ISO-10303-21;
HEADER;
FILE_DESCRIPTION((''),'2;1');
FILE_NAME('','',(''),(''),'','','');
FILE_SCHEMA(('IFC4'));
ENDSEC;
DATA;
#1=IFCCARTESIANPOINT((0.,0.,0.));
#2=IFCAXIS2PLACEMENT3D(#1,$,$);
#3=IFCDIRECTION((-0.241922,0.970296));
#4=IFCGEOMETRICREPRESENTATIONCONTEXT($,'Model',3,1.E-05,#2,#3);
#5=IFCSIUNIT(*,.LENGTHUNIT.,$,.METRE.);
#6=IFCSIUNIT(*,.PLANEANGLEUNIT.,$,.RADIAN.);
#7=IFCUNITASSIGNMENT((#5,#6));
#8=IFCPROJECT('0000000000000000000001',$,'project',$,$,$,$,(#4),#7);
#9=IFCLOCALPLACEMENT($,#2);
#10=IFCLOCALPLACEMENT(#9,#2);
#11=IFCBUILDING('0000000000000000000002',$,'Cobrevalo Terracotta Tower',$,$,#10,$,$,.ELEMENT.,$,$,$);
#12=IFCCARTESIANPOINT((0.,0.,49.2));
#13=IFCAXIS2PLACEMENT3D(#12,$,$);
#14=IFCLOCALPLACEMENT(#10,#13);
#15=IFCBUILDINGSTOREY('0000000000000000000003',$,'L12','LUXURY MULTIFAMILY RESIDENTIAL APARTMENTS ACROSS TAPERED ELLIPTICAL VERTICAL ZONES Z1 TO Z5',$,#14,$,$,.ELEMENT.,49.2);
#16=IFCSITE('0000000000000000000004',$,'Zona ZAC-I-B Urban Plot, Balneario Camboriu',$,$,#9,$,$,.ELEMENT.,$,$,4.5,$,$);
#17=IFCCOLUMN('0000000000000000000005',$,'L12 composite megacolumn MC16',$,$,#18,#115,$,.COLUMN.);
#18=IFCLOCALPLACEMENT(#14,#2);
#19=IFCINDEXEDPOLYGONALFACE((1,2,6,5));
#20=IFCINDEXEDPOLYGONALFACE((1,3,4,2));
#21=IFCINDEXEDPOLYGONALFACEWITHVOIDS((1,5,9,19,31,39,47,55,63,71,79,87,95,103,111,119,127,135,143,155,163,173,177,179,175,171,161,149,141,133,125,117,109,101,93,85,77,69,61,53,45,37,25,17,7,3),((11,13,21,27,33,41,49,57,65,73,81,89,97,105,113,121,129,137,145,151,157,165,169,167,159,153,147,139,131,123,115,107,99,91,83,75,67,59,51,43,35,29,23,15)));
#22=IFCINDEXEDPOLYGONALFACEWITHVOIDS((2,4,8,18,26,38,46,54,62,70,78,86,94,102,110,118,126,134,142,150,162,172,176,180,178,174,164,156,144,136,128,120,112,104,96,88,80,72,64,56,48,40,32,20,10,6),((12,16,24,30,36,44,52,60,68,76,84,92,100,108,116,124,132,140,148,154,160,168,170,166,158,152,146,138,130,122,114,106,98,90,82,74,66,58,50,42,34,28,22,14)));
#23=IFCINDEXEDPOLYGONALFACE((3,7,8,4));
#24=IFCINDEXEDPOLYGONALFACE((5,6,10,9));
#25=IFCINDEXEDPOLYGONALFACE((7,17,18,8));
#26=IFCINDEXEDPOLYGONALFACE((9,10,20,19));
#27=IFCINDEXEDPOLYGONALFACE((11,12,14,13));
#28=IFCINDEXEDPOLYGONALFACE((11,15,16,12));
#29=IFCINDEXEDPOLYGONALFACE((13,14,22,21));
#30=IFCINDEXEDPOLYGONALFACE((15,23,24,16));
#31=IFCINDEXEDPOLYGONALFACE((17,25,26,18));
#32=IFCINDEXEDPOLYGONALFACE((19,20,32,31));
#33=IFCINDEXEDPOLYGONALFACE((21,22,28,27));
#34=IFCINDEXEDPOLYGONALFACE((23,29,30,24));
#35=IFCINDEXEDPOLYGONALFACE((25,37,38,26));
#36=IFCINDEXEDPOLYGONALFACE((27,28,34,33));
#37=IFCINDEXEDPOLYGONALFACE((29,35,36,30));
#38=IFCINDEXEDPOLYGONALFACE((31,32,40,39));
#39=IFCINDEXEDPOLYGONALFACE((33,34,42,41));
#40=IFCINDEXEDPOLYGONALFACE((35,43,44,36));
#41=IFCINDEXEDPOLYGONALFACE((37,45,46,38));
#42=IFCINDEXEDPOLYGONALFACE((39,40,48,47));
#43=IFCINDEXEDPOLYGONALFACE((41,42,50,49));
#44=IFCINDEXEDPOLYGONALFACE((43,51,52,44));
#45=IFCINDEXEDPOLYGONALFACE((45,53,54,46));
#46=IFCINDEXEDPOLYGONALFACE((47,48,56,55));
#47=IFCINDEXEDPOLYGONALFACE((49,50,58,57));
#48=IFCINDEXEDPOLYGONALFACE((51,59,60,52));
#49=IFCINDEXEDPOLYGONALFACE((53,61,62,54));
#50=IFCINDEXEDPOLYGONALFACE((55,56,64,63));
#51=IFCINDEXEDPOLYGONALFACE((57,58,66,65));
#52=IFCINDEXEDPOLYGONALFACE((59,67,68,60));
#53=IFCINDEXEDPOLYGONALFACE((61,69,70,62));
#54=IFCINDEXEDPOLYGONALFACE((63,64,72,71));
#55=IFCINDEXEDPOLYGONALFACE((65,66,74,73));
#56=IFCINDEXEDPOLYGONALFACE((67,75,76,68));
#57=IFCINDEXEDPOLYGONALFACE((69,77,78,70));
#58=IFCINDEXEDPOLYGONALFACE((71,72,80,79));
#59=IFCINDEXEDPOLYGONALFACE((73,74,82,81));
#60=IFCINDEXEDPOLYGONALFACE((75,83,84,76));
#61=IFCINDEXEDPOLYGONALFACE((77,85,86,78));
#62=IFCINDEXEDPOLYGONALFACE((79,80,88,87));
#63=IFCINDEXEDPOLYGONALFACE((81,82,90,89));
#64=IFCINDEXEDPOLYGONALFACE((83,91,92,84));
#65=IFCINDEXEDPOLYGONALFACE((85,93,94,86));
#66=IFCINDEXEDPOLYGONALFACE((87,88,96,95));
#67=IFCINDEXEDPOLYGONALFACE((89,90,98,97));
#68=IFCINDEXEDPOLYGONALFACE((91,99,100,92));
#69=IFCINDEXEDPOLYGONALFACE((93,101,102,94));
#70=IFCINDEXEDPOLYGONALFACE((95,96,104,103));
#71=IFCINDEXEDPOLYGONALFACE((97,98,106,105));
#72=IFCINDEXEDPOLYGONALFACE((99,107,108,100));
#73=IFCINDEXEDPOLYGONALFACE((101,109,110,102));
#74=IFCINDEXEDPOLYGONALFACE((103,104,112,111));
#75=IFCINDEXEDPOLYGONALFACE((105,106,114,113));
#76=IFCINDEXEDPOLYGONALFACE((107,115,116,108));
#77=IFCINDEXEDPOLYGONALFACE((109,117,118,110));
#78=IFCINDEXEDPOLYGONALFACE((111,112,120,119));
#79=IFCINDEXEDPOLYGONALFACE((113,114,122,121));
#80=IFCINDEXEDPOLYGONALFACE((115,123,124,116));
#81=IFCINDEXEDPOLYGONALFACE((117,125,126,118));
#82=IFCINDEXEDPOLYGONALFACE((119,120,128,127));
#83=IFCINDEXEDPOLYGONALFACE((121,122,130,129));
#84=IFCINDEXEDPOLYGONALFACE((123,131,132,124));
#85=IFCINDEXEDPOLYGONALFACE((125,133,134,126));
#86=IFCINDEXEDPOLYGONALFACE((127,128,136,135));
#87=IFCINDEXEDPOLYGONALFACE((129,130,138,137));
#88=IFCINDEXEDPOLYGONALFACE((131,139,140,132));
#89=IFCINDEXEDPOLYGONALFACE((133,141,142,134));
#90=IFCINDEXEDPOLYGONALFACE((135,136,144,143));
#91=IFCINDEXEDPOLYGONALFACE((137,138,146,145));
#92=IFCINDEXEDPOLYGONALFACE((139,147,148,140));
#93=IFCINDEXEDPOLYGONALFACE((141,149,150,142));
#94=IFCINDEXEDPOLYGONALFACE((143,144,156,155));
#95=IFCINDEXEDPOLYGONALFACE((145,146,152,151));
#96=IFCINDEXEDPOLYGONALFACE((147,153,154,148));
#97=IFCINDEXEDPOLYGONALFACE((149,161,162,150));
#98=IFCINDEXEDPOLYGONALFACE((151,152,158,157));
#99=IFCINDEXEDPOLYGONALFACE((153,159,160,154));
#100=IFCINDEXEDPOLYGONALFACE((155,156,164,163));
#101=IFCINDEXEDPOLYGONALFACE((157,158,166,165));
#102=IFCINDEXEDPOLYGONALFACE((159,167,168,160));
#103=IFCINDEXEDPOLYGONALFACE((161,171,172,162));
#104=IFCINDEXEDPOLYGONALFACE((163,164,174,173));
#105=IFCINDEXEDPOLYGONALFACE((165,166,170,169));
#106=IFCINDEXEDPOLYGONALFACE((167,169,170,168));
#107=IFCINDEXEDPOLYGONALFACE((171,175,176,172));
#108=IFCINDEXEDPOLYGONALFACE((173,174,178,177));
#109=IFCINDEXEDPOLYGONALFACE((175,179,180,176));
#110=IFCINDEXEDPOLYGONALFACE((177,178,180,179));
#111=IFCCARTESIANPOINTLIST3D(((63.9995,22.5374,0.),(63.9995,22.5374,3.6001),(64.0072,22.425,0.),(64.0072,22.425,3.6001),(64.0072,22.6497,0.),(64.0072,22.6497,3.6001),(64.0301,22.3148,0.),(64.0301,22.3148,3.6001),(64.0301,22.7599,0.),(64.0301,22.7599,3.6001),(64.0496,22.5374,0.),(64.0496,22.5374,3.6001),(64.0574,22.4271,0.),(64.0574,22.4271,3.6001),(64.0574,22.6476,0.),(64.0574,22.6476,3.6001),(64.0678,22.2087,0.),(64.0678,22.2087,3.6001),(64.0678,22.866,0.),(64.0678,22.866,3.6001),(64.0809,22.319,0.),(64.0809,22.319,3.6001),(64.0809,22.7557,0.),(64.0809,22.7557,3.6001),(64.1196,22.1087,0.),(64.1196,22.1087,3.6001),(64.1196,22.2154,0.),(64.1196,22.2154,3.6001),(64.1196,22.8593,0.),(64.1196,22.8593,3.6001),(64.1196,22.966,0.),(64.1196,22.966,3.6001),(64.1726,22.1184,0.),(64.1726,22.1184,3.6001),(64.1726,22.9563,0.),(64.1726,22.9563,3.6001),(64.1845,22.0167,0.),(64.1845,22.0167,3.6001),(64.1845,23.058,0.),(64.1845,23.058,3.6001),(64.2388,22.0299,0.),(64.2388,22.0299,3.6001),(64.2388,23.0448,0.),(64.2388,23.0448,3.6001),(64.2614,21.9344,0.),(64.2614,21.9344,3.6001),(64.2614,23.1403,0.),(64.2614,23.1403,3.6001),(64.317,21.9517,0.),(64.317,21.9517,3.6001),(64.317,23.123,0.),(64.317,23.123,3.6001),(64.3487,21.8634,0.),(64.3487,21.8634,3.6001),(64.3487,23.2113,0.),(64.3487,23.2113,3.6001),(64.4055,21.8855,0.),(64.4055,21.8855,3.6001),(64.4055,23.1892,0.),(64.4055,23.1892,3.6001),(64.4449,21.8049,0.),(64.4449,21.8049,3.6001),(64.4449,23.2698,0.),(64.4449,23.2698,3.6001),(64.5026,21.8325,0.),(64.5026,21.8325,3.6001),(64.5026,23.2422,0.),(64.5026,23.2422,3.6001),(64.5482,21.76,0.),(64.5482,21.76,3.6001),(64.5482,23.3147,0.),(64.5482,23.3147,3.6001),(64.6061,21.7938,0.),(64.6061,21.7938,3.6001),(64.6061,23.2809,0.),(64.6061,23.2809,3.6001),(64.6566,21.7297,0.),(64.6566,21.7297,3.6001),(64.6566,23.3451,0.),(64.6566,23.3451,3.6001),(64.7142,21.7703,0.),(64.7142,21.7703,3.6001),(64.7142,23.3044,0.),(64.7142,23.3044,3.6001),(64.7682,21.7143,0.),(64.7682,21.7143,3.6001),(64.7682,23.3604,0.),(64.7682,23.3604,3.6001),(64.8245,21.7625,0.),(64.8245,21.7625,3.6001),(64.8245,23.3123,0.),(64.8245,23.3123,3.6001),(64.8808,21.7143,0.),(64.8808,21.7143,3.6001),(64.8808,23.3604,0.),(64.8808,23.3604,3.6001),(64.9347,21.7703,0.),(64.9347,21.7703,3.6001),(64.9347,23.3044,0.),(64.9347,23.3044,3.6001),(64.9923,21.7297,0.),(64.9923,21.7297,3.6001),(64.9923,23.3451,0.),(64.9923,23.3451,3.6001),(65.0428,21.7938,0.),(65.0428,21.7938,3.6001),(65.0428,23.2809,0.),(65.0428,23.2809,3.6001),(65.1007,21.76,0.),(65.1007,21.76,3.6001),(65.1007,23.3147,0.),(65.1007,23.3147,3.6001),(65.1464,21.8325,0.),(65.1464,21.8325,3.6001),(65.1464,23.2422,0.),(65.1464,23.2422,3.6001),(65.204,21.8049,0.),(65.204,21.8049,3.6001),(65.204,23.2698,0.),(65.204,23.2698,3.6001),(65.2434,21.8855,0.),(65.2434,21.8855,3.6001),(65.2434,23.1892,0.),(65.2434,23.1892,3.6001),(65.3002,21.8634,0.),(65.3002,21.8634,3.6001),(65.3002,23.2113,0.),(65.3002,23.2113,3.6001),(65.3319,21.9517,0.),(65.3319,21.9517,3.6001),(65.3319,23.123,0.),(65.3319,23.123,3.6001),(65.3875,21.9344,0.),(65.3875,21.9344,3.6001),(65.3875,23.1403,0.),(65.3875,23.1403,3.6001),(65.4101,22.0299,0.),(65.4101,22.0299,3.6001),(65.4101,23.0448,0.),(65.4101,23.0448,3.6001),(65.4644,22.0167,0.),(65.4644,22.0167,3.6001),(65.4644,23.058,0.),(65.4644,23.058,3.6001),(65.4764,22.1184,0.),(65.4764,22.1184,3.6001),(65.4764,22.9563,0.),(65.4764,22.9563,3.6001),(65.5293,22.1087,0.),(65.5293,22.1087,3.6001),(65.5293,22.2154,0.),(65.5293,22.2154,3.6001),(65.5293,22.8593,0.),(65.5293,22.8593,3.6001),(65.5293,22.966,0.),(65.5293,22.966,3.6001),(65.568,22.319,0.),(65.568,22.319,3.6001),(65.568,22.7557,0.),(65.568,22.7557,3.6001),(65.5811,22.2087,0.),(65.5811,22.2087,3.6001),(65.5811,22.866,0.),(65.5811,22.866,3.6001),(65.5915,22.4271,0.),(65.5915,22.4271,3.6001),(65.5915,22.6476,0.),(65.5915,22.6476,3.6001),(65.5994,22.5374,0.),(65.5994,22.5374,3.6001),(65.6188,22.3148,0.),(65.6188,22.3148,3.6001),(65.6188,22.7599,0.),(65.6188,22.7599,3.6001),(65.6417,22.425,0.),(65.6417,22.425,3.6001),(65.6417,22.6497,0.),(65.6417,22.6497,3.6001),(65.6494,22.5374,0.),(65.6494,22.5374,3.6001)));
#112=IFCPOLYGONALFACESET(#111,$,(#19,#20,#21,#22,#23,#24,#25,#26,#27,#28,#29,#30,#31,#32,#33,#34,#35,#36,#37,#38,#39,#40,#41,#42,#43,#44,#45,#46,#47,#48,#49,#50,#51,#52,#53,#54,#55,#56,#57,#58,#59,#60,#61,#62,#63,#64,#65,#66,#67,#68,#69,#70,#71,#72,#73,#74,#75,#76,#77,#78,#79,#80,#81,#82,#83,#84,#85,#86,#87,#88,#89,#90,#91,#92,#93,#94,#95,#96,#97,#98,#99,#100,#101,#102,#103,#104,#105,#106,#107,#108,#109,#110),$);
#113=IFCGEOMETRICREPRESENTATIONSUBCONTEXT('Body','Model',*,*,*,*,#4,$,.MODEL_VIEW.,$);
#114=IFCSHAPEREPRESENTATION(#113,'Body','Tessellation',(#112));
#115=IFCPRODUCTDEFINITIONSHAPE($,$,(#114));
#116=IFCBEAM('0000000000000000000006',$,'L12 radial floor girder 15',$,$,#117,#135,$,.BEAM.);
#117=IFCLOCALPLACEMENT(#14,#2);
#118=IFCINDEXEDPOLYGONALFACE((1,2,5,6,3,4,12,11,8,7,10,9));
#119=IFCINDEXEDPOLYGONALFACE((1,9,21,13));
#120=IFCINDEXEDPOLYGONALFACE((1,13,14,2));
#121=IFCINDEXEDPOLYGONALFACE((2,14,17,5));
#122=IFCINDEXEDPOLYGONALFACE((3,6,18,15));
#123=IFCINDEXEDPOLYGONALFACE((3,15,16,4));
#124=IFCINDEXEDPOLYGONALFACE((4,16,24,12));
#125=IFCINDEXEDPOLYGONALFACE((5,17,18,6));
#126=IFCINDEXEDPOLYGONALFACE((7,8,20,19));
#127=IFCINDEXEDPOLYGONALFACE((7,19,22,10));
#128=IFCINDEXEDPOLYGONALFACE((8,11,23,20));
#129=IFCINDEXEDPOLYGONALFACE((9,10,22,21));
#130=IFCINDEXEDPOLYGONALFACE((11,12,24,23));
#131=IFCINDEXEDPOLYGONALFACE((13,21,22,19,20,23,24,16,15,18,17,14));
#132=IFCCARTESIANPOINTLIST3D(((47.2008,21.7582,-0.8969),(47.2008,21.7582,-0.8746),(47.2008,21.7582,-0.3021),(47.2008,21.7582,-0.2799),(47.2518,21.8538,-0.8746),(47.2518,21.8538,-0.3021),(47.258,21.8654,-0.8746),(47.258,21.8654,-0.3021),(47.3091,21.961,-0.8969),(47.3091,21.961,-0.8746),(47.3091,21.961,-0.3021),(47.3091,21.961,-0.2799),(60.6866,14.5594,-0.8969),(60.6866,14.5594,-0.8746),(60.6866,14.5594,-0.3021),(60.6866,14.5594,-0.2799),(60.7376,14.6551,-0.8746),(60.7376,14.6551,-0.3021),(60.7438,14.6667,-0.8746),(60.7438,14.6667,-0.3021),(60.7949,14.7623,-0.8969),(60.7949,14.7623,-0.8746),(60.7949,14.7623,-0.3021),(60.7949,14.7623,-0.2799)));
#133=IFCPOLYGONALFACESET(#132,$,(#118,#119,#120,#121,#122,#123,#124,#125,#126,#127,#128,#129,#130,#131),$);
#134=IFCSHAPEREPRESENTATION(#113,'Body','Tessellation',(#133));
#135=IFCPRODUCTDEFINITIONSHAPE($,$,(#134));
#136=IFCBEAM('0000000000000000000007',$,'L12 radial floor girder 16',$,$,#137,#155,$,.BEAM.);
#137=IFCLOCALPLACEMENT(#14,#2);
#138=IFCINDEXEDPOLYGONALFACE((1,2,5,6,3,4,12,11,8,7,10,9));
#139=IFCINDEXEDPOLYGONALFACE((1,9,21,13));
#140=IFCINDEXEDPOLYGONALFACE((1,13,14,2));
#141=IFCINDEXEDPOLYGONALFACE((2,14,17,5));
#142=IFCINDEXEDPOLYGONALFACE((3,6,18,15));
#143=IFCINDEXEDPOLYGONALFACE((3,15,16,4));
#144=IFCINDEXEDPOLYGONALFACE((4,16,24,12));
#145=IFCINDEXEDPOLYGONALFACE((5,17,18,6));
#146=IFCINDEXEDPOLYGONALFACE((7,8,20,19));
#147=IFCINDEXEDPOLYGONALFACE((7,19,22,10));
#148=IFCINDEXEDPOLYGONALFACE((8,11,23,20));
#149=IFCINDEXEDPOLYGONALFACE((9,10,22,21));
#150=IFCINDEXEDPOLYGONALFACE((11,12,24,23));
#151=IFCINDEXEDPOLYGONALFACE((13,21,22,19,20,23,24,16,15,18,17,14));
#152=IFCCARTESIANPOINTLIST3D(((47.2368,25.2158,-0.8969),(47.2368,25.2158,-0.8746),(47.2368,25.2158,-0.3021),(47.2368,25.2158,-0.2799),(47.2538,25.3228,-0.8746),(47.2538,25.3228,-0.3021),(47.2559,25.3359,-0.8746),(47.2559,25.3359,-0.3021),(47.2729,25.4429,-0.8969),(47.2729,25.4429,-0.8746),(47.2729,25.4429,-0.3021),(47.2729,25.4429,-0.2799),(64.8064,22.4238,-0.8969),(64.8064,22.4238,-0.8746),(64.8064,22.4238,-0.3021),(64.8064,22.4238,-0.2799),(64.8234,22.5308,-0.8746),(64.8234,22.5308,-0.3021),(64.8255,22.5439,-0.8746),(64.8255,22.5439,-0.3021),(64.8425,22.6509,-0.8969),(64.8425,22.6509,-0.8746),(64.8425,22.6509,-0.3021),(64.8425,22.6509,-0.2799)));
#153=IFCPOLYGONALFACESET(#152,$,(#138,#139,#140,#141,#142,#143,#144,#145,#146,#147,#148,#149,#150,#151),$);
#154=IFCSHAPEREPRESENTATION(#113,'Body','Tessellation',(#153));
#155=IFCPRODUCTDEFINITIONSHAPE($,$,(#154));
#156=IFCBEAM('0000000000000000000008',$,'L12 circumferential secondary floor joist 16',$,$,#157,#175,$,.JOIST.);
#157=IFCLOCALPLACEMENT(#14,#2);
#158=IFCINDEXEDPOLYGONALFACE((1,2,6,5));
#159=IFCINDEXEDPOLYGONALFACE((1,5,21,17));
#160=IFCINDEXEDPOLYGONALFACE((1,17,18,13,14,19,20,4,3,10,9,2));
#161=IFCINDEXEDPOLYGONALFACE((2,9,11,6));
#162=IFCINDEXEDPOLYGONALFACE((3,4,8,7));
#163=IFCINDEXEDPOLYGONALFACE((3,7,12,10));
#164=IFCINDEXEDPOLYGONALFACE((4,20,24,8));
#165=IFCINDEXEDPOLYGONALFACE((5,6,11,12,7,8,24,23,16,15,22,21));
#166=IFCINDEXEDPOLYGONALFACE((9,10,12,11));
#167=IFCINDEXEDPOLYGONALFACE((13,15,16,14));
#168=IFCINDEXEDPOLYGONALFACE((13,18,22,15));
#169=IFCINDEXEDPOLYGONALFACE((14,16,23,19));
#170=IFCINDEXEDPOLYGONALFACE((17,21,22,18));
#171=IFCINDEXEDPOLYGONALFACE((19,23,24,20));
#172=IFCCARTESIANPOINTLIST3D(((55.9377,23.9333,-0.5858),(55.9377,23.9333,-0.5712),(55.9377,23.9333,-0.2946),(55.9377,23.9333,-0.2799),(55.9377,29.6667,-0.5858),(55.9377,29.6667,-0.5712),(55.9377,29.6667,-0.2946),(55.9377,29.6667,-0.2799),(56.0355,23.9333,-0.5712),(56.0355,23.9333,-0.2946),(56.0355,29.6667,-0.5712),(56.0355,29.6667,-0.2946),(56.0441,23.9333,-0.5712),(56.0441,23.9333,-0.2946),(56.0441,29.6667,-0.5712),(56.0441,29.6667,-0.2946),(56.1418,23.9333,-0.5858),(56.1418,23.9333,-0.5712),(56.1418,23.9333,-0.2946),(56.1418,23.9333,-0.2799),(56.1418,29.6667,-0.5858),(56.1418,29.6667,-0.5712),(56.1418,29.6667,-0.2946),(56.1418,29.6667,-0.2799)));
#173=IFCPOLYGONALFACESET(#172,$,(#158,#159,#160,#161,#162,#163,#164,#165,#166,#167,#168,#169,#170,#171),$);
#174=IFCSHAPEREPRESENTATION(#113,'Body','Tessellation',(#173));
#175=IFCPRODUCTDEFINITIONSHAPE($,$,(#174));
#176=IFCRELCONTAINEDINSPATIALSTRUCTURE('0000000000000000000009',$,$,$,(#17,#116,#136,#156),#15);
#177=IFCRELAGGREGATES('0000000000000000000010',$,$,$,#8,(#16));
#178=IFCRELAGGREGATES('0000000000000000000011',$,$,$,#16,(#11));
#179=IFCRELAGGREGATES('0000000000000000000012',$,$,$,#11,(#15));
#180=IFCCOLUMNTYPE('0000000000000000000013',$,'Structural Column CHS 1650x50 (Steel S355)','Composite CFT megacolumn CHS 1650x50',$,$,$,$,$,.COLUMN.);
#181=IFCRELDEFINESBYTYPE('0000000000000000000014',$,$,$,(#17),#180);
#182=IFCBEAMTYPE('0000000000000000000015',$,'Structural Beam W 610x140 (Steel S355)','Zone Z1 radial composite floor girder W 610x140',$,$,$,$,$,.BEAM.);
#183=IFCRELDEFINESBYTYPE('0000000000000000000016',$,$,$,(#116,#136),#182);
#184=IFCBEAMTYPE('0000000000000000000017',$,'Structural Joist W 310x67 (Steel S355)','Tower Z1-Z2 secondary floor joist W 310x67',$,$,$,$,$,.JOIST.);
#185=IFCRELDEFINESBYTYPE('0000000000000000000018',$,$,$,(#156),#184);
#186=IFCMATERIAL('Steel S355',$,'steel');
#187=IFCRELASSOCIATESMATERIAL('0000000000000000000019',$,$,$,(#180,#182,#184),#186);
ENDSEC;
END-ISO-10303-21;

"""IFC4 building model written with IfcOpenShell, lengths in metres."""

from ifc_helpers import new_model, si_unit, direction, frame, origin, origin_2d, place, context, subcontext, project, spatial, hollow_circle, i_section, extrude, material, material_profile, profile_set, type_object, element, save


model = new_model("IFC4")

# Units and contexts
model_context = context("Model", 3, precision=1e-05, world=origin(), true_north=direction((-0.241922, 0.970296)))
body_context = subcontext(model_context, "Body", "Model", "MODEL_VIEW")
ifc_project = project(units=[si_unit("LENGTHUNIT", "METRE"), si_unit("PLANEANGLEUNIT", "RADIAN")], contexts=[model_context])

# Site, building, storey
site_placement = place(None, origin())
site = spatial("IfcSite", under=ifc_project, at=site_placement, Name="Zona ZAC-I-B Urban Plot, Balneario Camboriu", CompositionType="ELEMENT", RefElevation=4.5)
building_placement = place(site_placement, origin())
building = spatial("IfcBuilding", under=site, at=building_placement, Name="Cobrevalo Terracotta Tower", CompositionType="ELEMENT")
storey_placement = place(building_placement, frame((0.0, 0.0, 49.2)))
storey = spatial("IfcBuildingStorey", under=building, at=storey_placement, Name="L12", Description="LUXURY MULTIFAMILY RESIDENTIAL APARTMENTS ACROSS TAPERED ELLIPTICAL VERTICAL ZONES Z1 TO Z5", CompositionType="ELEMENT", Elevation=49.2)

# Column
ifc_material_1 = material(Name="Steel S355", Category="steel")
ifc_material_profile_1 = material_profile(ifc_material_1, hollow_circle(Radius=0.825, WallThickness=0.05, at=origin_2d()), Name="CHS 1650x50")
ifc_profile_set_1 = profile_set([ifc_material_profile_1], Name="Steel S355")
column_type = type_object("IfcColumnType", Name="Structural Column CHS 1650x50 (Steel S355)", Description="Composite CFT megacolumn CHS 1650x50", PredefinedType="COLUMN", material=ifc_profile_set_1)
for number, where, z_axis, x_axis, name in (
    (1, (64.8245, 22.5374, 0.0), (0.0, 0.0, 1.0), (1.0, 0.0, 0.0), "L12 composite megacolumn MC16"),
):
    element("IfcColumn", number, at=place(storey_placement, frame(where, z_axis=z_axis, x_axis=x_axis)), inside=storey, type_object=column_type, Name=name, PredefinedType="COLUMN", context=body_context, shape_type="SweptSolid", body=[
        extrude(hollow_circle(Radius=0.825, WallThickness=0.05, at=origin_2d()), origin(), (0.0, 0.0, 1.0), 3.6001),
    ])

# Beams
ifc_material_profile_2 = material_profile(ifc_material_1, i_section(OverallWidth=0.23, OverallDepth=0.6169, WebThickness=0.0132, FlangeThickness=0.0222, at=origin_2d()), Name="W 610x140")
ifc_profile_set_2 = profile_set([ifc_material_profile_2], Name="Steel S355")
beam_type_1 = type_object("IfcBeamType", Name="Structural Beam W 610x140 (Steel S355)", Description="Zone Z1 radial composite floor girder W 610x140", PredefinedType="BEAM", material=ifc_profile_set_2)
beam_1_placement = place(storey_placement, frame((60.7407, 14.6609, -0.5884), z_axis=(-0.882182, 0.470908, 0.0), x_axis=(-0.470908, -0.882182, 0.0)))
element("IfcBeam", 2, at=beam_1_placement, inside=storey, type_object=beam_type_1, Name="L12 radial floor girder 15", PredefinedType="BEAM", context=body_context, shape_type="SweptSolid", body=[
    extrude(i_section(OverallWidth=0.23, OverallDepth=0.6169, WebThickness=0.0132, FlangeThickness=0.0222, at=origin_2d()), origin(), (0.0, 0.0, 1.0), 15.2869),
])
beam_2_placement = place(storey_placement, frame((64.8245, 22.5374, -0.5884), z_axis=(-0.987608, 0.156941, 0.0), x_axis=(-0.156941, -0.987608, 0.0)))
element("IfcBeam", 3, at=beam_2_placement, inside=storey, type_object=beam_type_1, Name="L12 radial floor girder 16", PredefinedType="BEAM", context=body_context, shape_type="SweptSolid", body=[
    extrude(i_section(OverallWidth=0.23, OverallDepth=0.6169, WebThickness=0.0132, FlangeThickness=0.0222, at=origin_2d()), origin(), (0.0, 0.0, 1.0), 17.79),
])
ifc_material_profile_3 = material_profile(ifc_material_1, i_section(OverallWidth=0.2041, OverallDepth=0.3059, WebThickness=0.0085, FlangeThickness=0.0146, at=origin_2d()), Name="W 310x67")
ifc_profile_set_3 = profile_set([ifc_material_profile_3], Name="Steel S355")
beam_type_2 = type_object("IfcBeamType", Name="Structural Joist W 310x67 (Steel S355)", Description="Tower Z1-Z2 secondary floor joist W 310x67", PredefinedType="JOIST", material=ifc_profile_set_3)
beam_3_placement = place(storey_placement, frame((56.0398, 23.9333, -0.4329), z_axis=(0.0, 1.0, 0.0), x_axis=(-1.0, 0.0, 0.0)))
element("IfcBeam", 4, at=beam_3_placement, inside=storey, type_object=beam_type_2, Name="L12 circumferential secondary floor joist 16", PredefinedType="JOIST", context=body_context, shape_type="SweptSolid", body=[
    extrude(i_section(OverallWidth=0.2041, OverallDepth=0.3059, WebThickness=0.0085, FlangeThickness=0.0146, at=origin_2d()), origin(), (0.0, 0.0, 1.0), 5.7334),
])

save(model, "model.ifc")
